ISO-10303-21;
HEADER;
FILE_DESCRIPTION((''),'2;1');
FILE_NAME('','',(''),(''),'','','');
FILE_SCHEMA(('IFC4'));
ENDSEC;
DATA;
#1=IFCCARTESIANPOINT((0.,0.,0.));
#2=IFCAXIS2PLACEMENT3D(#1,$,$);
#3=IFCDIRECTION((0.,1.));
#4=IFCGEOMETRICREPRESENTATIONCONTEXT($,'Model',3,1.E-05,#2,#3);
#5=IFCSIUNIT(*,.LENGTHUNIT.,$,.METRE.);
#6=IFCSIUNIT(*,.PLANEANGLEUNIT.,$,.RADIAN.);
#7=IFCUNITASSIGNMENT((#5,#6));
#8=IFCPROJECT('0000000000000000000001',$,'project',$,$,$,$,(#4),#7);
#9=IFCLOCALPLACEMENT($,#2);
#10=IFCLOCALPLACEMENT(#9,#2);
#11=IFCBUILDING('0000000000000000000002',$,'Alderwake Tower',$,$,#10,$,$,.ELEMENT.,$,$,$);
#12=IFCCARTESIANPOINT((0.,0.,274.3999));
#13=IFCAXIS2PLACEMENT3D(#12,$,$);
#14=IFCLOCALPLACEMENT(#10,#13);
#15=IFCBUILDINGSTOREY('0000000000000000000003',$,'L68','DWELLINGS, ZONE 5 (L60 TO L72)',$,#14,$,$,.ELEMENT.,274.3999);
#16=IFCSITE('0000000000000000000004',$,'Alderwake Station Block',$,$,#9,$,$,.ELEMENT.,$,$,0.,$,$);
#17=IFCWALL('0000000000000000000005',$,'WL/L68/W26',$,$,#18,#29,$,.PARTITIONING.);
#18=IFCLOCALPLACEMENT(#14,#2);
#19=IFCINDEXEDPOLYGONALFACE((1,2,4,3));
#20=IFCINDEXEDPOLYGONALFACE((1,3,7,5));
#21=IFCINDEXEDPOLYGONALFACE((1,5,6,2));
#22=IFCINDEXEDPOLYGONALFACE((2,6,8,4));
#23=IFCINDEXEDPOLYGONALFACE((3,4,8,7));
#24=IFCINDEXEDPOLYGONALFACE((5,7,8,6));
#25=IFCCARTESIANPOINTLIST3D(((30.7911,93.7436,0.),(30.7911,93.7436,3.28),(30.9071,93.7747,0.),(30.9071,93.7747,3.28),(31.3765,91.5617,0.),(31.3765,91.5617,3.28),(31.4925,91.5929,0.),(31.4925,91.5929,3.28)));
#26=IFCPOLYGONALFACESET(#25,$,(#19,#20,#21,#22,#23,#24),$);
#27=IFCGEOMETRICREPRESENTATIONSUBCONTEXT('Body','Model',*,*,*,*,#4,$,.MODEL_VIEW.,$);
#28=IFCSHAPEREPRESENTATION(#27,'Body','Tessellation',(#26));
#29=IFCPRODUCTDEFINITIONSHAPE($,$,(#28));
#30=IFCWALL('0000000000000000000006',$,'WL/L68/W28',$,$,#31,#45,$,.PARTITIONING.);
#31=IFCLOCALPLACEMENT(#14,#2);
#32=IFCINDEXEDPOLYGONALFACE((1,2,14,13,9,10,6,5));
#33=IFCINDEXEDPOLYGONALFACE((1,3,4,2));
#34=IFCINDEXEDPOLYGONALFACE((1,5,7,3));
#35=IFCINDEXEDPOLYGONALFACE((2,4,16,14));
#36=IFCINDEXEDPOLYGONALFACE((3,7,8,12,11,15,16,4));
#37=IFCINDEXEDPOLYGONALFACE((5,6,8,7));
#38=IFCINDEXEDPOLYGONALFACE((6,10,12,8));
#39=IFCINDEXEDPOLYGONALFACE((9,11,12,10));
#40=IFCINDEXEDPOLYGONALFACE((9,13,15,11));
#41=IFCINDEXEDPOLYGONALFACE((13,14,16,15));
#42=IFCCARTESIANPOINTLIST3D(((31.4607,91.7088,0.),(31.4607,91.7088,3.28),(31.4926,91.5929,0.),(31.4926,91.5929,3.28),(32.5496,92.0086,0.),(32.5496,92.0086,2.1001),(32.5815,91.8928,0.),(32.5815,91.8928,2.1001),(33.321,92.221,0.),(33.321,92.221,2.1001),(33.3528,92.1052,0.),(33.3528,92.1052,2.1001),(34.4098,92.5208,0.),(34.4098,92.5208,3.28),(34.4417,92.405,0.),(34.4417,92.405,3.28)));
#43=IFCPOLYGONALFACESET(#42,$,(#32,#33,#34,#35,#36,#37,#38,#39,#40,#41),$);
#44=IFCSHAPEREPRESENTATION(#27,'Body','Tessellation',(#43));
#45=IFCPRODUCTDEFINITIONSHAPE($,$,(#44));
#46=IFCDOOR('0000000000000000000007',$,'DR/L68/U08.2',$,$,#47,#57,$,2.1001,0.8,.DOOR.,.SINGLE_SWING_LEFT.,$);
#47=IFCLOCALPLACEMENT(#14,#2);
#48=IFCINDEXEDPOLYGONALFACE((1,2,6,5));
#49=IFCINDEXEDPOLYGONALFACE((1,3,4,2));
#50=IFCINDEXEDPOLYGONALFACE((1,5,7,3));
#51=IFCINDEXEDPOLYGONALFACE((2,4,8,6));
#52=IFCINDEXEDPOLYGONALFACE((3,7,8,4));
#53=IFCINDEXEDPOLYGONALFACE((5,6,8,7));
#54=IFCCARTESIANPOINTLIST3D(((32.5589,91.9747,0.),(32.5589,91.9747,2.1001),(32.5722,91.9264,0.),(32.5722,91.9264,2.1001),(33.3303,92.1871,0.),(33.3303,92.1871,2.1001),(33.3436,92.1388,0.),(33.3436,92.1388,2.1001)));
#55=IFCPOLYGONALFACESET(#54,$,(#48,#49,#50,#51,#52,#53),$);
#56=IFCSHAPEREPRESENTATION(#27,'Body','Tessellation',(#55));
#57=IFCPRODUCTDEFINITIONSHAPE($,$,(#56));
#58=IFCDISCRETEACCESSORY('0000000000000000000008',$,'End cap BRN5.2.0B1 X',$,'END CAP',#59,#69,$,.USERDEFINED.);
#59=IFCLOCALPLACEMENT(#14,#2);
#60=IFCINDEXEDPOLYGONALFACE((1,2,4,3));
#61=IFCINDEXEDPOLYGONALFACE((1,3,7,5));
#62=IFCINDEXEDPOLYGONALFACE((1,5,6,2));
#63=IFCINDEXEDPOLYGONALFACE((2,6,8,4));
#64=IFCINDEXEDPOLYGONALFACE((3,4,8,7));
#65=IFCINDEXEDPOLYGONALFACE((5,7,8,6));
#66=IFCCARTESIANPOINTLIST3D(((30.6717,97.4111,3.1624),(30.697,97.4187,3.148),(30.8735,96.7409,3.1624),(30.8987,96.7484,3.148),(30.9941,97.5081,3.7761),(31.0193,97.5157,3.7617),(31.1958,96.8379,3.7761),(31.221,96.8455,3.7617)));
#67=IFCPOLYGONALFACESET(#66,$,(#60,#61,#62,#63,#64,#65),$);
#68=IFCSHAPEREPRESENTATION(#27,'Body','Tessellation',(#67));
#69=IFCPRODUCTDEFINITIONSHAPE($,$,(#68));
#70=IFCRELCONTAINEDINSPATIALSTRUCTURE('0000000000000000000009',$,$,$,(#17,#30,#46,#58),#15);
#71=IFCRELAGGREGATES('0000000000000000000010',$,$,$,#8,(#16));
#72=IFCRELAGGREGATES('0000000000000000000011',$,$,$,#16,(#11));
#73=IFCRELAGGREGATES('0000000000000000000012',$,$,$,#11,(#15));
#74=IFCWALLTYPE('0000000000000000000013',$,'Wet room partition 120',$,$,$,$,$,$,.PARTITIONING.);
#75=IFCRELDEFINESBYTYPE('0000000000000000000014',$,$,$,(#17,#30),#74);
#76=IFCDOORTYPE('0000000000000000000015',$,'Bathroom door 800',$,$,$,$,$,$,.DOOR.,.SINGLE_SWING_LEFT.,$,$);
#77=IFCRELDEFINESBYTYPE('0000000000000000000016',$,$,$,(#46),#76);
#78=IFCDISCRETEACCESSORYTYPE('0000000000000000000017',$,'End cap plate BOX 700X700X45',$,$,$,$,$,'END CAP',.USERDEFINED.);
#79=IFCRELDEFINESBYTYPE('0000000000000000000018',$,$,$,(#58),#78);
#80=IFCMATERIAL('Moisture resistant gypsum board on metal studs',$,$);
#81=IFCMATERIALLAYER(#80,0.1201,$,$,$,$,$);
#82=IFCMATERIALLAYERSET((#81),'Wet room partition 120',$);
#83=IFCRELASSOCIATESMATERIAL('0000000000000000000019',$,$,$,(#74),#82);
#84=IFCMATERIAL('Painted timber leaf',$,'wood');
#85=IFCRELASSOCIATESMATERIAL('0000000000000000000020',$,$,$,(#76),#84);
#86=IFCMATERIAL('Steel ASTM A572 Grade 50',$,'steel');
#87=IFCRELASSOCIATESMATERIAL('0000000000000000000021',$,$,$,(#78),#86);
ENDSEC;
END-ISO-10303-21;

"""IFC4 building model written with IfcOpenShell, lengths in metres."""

from ifc_helpers import new_model, si_unit, direction, frame, frame_2d, origin, origin_2d, place, context, subcontext, project, spatial, rectangle, extrude, material, layer, layer_set, material_profile, profile_set, type_object, element, fill, save


model = new_model("IFC4")

# Units and contexts
model_context = context("Model", 3, precision=1e-05, world=origin(), true_north=direction((0.0, 1.0)))
body_context = subcontext(model_context, "Body", "Model", "MODEL_VIEW")
ifc_project = project(units=[si_unit("LENGTHUNIT", "METRE"), si_unit("PLANEANGLEUNIT", "RADIAN")], contexts=[model_context])

# Site, building, storey
site_placement = place(None, origin())
site = spatial("IfcSite", under=ifc_project, at=site_placement, Name="Alderwake Station Block", CompositionType="ELEMENT", RefElevation=0.0)
building_placement = place(site_placement, origin())
building = spatial("IfcBuilding", under=site, at=building_placement, Name="Alderwake Tower", CompositionType="ELEMENT")
storey_placement = place(building_placement, frame((0.0, 0.0, 274.3999)))
storey = spatial("IfcBuildingStorey", under=building, at=storey_placement, Name="L68", Description="DWELLINGS, ZONE 5 (L60 TO L72)", CompositionType="ELEMENT", Elevation=274.3999)

# Wall
ifc_material_1 = material(Name="Moisture resistant gypsum board on metal studs")
ifc_layer_1 = layer(ifc_material_1, 0.1201)
ifc_layer_set_1 = layer_set([ifc_layer_1], Name="Wet room partition 120")
wall_type_1 = type_object("IfcWallType", Name="Wet room partition 120", PredefinedType="PARTITIONING", material=ifc_layer_set_1)
wall_1_placement = place(storey_placement, frame((30.8491, 93.759, 0.0), z_axis=(0.0, 0.0, 1.0), x_axis=(0.259156, -0.965836, 0.0)))
element("IfcWall", 1, at=wall_1_placement, inside=storey, type_object=wall_type_1, Name="WL/L68/W26", PredefinedType="PARTITIONING", context=body_context, shape_type="SweptSolid", body=[
    extrude(rectangle(XDim=2.259, YDim=0.1201, at=frame_2d((1.1294, 0.0))), origin(), (0.0, 0.0, 1.0), 3.28),
])

# Wall, opening, door
wall_2_placement = place(storey_placement, frame((31.4768, 91.6509, 0.0), z_axis=(0.0, 0.0, 1.0), x_axis=(0.964118, 0.265474, 0.0)))
wall_2 = element("IfcWall", 2, at=wall_2_placement, inside=storey, type_object=wall_type_1, Name="WL/L68/W28", PredefinedType="PARTITIONING", context=body_context, shape_type="SweptSolid", body=[
    extrude(rectangle(XDim=3.0588, YDim=0.1201, at=frame_2d((1.5293, 0.0))), origin(), (0.0, 0.0, 1.0), 3.28),
])
opening_1_placement = place(wall_2_placement, frame((1.1294, 0.0, 0.0)))
opening_1 = element("IfcOpeningElement", 3, at=opening_1_placement, cuts=wall_2, PredefinedType="OPENING", context=body_context, shape_type="SweptSolid", body=[
    extrude(rectangle(XDim=0.8, YDim=2.1001, at=frame_2d((0.3999, 1.05))), frame((0.0, 0.0701, 0.0), z_axis=(0.0, -1.0, 0.0), x_axis=(1.0, 0.0, 0.0)), (0.0, 0.0, 1.0), 0.1401),
])
ifc_material_2 = material(Name="Painted timber leaf", Category="wood")
door_type_1 = type_object("IfcDoorType", Name="Bathroom door 800", OperationType="SINGLE_SWING_LEFT", PredefinedType="DOOR", material=ifc_material_2)
door_1_placement = place(opening_1_placement, origin())
door_1 = element("IfcDoor", 4, at=door_1_placement, inside=storey, type_object=door_type_1, Name="DR/L68/U08.2", OperationType="SINGLE_SWING_LEFT", OverallHeight=2.1001, OverallWidth=0.8, PredefinedType="DOOR", context=body_context, shape_type="SweptSolid", body=[
    extrude(rectangle(XDim=0.8, YDim=2.1001, at=frame_2d((0.3999, 1.05))), frame((0.0, 0.0249, 0.0), z_axis=(0.0, -1.0, 0.0), x_axis=(1.0, 0.0, 0.0)), (0.0, 0.0, 1.0), 0.05),
])
fill(opening_1, door_1)

# Discrete accessory
ifc_material_3 = material(Name="Steel ASTM A572 Grade 50", Category="steel")
ifc_material_profile_1 = material_profile(ifc_material_3, rectangle(XDim=0.7, YDim=0.7, at=origin_2d()), Name="BOX 700X700X45 cap")
ifc_profile_set_1 = profile_set([ifc_material_profile_1], Name="Steel ASTM A572 Grade 50")
discrete_accessory_type = type_object("IfcDiscreteAccessoryType", Name="End cap plate BOX 700X700X45", ElementType="END CAP", PredefinedType="USERDEFINED", material=ifc_profile_set_1)
discrete_accessory_placement = place(storey_placement, frame((30.959, 97.1321, 3.4548), z_axis=(-0.839565, -0.252685, 0.480916), x_axis=(0.288201, -0.95757, 0.0)))
element("IfcDiscreteAccessory", 5, at=discrete_accessory_placement, inside=storey, type_object=discrete_accessory_type, Name="End cap BRN5.2.0B1 X", ObjectType="END CAP", PredefinedType="USERDEFINED", context=body_context, shape_type="SweptSolid", body=[
    extrude(rectangle(XDim=0.7, YDim=0.7, at=origin_2d()), origin(), (0.0, 0.0, 1.0), 0.03),
])

save(model, "model.ifc")
